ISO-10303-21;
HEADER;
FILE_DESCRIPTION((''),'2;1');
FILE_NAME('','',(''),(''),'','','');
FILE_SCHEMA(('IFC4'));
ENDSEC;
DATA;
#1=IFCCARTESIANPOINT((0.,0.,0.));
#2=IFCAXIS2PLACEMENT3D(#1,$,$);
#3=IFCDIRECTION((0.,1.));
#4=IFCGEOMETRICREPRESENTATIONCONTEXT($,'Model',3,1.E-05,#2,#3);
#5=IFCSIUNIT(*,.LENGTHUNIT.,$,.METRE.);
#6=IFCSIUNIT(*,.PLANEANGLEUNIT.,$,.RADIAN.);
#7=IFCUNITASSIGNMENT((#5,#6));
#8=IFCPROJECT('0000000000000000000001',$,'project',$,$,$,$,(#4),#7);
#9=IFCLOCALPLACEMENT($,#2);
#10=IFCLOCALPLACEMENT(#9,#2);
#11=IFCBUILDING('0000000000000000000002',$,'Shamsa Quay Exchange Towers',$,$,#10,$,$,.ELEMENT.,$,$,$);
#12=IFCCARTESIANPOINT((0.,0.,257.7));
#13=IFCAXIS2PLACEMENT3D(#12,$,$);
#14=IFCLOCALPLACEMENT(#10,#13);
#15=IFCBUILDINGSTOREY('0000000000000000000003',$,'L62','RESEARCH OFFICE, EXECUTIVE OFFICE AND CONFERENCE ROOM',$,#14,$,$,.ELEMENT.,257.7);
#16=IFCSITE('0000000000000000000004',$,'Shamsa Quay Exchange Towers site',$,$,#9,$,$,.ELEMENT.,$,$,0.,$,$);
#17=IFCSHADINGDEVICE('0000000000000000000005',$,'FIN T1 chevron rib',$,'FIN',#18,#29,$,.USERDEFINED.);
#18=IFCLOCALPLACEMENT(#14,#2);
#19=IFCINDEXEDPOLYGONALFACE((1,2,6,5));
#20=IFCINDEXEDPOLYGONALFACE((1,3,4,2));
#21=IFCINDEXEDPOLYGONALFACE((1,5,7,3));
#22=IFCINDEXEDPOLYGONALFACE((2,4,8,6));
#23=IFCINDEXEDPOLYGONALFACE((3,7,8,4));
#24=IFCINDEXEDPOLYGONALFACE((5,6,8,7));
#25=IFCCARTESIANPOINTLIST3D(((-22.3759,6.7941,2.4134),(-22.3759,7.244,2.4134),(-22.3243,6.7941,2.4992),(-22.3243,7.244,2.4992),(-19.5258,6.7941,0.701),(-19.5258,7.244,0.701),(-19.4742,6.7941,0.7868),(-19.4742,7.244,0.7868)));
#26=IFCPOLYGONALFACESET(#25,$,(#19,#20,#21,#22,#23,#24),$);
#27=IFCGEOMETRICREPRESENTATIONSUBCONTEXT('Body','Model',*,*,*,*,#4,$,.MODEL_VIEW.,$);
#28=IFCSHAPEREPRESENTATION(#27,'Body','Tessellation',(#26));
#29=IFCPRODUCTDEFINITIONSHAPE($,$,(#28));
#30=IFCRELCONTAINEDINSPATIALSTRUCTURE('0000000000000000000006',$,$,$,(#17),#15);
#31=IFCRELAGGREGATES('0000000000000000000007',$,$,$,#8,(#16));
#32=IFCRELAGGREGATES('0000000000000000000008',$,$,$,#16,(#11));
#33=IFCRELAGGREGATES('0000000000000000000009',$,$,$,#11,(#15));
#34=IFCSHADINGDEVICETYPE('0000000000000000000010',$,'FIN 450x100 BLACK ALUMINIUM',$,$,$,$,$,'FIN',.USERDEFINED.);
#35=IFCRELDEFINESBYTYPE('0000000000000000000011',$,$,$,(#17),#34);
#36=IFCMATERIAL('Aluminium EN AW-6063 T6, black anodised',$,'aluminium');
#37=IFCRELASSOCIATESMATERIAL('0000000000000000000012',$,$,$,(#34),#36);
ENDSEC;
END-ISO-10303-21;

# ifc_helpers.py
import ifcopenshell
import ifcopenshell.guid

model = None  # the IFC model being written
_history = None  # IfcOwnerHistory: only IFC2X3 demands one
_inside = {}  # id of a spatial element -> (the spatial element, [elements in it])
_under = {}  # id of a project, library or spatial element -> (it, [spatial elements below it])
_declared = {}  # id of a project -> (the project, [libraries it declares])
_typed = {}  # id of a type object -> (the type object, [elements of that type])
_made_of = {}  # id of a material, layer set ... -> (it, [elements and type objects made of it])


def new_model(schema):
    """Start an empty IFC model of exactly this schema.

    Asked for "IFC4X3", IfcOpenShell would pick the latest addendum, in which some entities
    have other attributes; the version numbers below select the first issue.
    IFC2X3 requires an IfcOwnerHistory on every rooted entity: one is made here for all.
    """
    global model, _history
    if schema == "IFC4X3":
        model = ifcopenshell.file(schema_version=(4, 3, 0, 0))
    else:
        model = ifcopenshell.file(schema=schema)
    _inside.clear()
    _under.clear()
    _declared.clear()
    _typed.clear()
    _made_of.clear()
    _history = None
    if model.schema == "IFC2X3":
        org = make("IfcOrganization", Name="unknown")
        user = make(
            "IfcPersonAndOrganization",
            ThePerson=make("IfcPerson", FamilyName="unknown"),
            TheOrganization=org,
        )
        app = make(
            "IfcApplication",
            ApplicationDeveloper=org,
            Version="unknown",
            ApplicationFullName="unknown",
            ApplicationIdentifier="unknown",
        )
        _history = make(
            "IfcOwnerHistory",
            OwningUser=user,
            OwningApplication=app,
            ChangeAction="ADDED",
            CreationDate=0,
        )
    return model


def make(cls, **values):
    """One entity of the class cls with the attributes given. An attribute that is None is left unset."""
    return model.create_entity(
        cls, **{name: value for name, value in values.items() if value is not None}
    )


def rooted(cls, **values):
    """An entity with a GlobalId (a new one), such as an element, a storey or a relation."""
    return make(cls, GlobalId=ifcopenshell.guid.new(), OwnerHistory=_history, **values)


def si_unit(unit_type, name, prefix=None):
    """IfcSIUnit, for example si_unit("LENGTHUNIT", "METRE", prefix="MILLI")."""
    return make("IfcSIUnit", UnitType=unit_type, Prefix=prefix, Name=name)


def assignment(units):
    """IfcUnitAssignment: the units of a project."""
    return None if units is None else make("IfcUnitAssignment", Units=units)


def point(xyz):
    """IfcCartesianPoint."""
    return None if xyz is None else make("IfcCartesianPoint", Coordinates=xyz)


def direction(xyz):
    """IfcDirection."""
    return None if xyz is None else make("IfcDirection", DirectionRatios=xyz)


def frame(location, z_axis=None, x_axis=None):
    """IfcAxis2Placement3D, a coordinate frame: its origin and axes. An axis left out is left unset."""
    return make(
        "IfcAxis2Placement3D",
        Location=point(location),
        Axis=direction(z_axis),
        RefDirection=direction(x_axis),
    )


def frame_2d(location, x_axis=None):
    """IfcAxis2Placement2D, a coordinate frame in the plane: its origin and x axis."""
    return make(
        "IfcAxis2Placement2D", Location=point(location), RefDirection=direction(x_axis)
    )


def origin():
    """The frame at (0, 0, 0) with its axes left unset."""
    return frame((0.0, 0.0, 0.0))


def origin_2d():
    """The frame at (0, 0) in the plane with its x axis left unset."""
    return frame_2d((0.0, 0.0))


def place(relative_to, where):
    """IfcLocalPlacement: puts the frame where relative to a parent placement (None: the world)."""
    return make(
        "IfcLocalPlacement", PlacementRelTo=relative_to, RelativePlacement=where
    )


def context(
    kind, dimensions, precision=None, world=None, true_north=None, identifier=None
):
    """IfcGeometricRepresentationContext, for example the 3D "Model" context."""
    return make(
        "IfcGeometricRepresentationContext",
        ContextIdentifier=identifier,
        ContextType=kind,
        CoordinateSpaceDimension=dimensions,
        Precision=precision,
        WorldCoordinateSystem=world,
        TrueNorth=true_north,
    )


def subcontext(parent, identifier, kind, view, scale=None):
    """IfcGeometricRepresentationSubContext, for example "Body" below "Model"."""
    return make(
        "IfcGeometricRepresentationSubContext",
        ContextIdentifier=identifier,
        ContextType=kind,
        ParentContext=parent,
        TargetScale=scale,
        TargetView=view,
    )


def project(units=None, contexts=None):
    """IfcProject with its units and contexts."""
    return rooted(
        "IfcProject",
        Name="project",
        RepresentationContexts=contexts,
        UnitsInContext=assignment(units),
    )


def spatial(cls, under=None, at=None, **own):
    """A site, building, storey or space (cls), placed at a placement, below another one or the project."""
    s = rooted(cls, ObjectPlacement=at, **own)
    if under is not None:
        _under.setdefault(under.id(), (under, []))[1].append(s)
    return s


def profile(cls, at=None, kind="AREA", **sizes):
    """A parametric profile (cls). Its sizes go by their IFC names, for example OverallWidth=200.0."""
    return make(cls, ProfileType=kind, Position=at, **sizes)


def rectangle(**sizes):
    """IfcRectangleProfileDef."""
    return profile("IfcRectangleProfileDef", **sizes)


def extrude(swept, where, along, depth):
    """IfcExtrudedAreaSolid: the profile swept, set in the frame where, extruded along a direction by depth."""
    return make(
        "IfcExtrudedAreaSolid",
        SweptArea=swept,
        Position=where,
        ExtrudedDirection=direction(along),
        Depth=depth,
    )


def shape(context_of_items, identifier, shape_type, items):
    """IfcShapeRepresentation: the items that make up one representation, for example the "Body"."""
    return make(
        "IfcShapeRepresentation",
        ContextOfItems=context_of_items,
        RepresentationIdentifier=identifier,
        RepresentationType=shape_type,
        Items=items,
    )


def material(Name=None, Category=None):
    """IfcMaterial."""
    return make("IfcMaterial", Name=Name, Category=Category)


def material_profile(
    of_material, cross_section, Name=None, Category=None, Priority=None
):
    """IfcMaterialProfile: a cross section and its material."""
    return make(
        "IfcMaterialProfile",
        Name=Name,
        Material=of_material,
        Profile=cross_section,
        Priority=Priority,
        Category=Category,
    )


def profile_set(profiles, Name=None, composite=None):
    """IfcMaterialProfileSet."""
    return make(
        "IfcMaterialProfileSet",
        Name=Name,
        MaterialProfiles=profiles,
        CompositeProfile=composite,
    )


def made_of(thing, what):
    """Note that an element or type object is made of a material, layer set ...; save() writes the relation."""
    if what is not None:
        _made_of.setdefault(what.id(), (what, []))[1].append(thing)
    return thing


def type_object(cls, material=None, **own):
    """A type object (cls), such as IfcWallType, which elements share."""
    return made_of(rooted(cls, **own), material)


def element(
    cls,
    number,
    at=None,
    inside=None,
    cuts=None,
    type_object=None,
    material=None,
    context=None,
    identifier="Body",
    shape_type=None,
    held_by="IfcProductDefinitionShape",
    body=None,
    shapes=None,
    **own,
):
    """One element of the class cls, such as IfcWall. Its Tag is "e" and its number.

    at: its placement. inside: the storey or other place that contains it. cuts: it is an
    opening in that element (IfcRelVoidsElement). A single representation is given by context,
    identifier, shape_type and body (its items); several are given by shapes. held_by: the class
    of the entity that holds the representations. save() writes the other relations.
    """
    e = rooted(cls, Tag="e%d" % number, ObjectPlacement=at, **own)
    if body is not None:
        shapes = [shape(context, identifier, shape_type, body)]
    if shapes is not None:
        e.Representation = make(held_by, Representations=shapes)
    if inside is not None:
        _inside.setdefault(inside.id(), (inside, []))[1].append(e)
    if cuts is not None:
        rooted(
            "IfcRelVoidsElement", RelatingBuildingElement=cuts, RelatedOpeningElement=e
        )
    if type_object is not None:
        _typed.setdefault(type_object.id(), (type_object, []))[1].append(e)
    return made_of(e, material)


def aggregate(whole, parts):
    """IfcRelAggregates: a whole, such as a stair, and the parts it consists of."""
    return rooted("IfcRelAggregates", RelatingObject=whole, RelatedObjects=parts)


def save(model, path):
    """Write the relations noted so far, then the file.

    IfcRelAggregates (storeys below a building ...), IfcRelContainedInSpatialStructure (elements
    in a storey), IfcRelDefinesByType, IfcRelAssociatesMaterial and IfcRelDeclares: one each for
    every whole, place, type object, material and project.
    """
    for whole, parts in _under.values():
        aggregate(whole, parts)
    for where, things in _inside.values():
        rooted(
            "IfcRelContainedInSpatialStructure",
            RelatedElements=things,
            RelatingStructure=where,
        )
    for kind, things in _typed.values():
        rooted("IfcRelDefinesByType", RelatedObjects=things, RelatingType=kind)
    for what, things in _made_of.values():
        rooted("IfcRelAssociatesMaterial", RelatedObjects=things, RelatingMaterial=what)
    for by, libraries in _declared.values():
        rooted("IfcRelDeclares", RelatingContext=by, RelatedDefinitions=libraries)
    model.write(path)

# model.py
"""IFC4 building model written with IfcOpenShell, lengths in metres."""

from ifc_helpers import new_model, si_unit, direction, frame, origin, origin_2d, place, context, subcontext, project, spatial, rectangle, extrude, material, material_profile, profile_set, type_object, element, save


model = new_model("IFC4")

# Units and contexts
model_context = context("Model", 3, precision=1e-05, world=origin(), true_north=direction((0.0, 1.0)))
body_context = subcontext(model_context, "Body", "Model", "MODEL_VIEW")
ifc_project = project(units=[si_unit("LENGTHUNIT", "METRE"), si_unit("PLANEANGLEUNIT", "RADIAN")], contexts=[model_context])

# Site, building, storey
site_placement = place(None, origin())
site = spatial("IfcSite", under=ifc_project, at=site_placement, Name="Shamsa Quay Exchange Towers site", CompositionType="ELEMENT", RefElevation=0.0)
building_placement = place(site_placement, origin())
building = spatial("IfcBuilding", under=site, at=building_placement, Name="Shamsa Quay Exchange Towers", CompositionType="ELEMENT")
storey_placement = place(building_placement, frame((0.0, 0.0, 257.7)))
storey = spatial("IfcBuildingStorey", under=building, at=storey_placement, Name="L62", Description="RESEARCH OFFICE, EXECUTIVE OFFICE AND CONFERENCE ROOM", CompositionType="ELEMENT", Elevation=257.7)

# Shared definitions
ifc_material_1 = material(Name="Aluminium EN AW-6063 T6, black anodised", Category="aluminium")

# Shading device
ifc_material_profile_1 = material_profile(ifc_material_1, rectangle(XDim=0.45, YDim=0.1001, at=origin_2d()), Name="FIN450x100")
ifc_profile_set_1 = profile_set([ifc_material_profile_1], Name="Aluminium EN AW-6063 T6, black anodised")
shading_device_type = type_object("IfcShadingDeviceType", Name="FIN 450x100 BLACK ALUMINIUM", ElementType="FIN", PredefinedType="USERDEFINED", material=ifc_profile_set_1)
shading_device_1_placement = place(storey_placement, frame((-19.5, 7.019, 0.7439), z_axis=(-0.857182, 0.0, 0.515014), x_axis=(0.0, -1.0, 0.0)))
element("IfcShadingDevice", 1, at=shading_device_1_placement, inside=storey, type_object=shading_device_type, Name="FIN T1 chevron rib", ObjectType="FIN", PredefinedType="USERDEFINED", context=body_context, shape_type="SweptSolid", body=[
    extrude(rectangle(XDim=0.45, YDim=0.1001, at=origin_2d()), origin(), (0.0, 0.0, 1.0), 3.325),
])

save(model, "model.ifc")
